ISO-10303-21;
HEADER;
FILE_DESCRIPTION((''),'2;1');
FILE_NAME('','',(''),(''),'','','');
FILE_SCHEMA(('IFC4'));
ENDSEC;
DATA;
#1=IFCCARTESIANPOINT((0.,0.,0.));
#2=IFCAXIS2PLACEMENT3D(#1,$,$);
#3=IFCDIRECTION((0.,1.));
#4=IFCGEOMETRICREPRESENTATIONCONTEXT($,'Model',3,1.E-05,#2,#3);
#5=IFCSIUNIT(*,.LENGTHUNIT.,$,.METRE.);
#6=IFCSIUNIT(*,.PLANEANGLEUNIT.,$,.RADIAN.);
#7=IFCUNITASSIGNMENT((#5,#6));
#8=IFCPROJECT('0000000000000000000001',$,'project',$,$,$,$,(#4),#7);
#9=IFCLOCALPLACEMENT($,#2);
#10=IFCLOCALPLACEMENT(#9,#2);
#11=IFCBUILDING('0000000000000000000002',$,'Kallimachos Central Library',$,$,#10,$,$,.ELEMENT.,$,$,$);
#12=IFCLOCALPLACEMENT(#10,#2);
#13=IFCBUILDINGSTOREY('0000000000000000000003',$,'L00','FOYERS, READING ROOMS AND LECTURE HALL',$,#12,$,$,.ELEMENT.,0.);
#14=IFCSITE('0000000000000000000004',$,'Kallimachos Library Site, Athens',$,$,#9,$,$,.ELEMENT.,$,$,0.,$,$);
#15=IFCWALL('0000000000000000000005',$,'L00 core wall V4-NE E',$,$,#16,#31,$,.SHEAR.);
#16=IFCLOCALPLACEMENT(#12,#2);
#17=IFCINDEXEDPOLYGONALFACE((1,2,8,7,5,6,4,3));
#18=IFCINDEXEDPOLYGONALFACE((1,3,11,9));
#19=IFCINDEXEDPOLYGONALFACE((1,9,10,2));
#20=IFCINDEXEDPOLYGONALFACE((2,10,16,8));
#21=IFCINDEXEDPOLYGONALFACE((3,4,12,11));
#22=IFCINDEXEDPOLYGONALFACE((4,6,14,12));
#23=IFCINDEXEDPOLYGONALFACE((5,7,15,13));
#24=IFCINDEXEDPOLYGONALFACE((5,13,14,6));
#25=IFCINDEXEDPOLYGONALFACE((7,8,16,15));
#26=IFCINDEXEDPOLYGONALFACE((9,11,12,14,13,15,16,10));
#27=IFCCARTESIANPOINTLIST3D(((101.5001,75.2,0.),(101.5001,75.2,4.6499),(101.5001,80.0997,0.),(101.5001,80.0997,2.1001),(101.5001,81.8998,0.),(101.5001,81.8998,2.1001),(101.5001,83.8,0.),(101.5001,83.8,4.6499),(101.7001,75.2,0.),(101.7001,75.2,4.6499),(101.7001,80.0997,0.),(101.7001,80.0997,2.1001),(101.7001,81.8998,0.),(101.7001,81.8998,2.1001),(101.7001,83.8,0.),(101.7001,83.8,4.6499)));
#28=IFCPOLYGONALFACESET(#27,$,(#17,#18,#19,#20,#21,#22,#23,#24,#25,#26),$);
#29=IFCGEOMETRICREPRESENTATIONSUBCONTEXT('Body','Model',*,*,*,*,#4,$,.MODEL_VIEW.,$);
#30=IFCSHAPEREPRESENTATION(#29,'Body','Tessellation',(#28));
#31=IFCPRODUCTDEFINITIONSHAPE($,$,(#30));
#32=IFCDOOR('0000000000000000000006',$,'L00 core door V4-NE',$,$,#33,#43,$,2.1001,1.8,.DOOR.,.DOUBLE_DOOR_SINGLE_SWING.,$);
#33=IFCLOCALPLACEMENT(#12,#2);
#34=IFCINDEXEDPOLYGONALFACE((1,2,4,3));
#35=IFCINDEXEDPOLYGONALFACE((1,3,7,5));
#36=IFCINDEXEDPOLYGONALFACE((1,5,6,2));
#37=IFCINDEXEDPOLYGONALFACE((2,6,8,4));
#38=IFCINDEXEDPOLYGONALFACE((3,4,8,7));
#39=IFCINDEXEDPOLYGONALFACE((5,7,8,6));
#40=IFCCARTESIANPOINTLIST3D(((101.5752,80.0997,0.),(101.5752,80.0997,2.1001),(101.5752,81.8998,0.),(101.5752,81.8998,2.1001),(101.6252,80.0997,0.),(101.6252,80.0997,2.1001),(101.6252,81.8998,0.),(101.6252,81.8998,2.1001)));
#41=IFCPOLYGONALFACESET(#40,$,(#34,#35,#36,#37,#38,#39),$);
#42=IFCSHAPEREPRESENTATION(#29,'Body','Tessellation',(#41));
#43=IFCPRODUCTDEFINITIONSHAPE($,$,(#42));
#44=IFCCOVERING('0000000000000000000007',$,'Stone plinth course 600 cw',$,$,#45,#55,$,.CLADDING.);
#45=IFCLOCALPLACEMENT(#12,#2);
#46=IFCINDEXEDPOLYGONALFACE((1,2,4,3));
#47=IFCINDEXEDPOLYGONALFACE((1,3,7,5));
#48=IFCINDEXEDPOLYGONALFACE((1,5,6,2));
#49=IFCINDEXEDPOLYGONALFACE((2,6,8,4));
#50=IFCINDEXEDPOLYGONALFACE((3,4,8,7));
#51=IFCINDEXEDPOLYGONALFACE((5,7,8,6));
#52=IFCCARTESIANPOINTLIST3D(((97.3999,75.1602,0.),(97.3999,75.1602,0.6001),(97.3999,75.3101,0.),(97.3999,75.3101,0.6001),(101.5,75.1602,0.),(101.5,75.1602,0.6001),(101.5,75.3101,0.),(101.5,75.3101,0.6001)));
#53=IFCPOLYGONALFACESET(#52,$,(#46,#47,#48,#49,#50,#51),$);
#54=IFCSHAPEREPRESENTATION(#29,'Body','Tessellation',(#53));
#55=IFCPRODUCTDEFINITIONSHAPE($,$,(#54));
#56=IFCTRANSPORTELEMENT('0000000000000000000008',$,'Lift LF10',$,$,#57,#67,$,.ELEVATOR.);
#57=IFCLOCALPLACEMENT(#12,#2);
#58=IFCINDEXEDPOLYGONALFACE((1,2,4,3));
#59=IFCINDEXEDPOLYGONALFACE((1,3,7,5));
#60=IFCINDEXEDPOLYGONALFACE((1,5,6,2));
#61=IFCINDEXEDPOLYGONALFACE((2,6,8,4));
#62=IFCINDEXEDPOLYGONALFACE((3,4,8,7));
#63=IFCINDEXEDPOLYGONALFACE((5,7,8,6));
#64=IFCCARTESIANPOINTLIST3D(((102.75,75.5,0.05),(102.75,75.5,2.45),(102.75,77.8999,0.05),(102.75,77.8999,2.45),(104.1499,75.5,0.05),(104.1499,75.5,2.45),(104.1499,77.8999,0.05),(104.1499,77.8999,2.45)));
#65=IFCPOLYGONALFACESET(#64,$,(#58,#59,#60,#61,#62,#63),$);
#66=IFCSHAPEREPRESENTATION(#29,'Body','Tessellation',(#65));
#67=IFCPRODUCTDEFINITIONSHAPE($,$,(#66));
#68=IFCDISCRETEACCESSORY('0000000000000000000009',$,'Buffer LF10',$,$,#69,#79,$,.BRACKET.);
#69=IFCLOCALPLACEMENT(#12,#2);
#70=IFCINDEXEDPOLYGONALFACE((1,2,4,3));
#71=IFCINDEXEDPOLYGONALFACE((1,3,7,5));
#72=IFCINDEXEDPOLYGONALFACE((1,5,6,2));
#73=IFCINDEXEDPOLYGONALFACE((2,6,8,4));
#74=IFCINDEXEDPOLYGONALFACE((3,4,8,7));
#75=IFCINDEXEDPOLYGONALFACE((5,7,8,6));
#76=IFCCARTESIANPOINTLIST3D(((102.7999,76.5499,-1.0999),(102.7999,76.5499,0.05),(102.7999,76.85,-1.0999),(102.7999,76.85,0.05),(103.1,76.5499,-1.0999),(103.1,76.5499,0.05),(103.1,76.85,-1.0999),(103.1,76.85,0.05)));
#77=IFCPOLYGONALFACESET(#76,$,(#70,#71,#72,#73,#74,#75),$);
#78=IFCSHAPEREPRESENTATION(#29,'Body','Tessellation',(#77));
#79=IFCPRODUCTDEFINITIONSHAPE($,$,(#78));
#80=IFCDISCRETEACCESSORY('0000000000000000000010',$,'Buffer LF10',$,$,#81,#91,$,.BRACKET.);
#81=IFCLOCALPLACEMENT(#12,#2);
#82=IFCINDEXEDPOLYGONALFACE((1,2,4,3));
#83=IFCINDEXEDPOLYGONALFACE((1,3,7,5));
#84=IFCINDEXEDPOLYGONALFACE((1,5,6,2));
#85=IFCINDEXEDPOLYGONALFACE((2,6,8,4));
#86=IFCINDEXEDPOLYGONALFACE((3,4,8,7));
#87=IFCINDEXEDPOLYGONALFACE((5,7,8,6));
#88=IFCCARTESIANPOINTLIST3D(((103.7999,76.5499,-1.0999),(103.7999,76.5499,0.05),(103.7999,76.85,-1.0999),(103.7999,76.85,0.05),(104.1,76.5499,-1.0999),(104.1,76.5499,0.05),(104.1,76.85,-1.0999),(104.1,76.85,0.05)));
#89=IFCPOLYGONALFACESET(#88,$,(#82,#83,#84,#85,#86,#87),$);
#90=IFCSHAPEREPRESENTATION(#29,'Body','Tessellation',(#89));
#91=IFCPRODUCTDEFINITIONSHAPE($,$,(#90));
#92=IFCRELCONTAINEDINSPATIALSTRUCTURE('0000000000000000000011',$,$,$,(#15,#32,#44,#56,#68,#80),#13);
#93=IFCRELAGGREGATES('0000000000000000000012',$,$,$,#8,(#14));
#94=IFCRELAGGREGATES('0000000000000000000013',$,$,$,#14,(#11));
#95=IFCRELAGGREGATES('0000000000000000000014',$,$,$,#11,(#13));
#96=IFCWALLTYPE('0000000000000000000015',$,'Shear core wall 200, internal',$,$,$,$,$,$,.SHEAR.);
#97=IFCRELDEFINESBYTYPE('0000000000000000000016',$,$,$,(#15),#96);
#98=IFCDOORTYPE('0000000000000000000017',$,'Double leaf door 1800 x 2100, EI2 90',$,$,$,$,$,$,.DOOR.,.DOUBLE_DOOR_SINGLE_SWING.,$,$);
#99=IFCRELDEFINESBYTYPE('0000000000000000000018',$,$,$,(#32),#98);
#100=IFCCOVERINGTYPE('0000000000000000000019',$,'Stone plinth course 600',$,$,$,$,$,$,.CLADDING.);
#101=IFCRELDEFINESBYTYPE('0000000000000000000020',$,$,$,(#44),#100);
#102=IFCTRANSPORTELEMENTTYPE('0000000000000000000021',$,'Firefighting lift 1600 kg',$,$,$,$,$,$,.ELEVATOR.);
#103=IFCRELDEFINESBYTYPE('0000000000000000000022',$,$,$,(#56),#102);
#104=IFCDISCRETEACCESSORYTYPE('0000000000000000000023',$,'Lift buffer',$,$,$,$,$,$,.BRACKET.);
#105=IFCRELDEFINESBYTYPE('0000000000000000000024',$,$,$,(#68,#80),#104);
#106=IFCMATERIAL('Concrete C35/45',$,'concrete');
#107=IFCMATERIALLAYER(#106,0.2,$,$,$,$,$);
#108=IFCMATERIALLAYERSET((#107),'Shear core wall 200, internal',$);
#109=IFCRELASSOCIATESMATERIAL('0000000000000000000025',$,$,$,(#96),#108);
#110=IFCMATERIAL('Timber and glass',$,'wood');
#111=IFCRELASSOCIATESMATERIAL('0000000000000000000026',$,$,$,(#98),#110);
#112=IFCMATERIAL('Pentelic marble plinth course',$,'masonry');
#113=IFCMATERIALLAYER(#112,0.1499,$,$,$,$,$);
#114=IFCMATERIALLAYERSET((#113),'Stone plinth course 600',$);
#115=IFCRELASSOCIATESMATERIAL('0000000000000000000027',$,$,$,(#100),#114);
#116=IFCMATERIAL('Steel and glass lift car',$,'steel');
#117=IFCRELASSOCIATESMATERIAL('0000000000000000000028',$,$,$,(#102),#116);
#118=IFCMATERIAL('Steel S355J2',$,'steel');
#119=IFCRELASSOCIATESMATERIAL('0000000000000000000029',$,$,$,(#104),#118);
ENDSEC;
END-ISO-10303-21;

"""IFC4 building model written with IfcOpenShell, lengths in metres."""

from ifc_helpers import new_model, si_unit, direction, frame, frame_2d, origin, origin_2d, place, context, subcontext, project, spatial, rectangle, extrude, material, layer, layer_set, type_object, element, fill, save


model = new_model("IFC4")

# Units and contexts
model_context = context("Model", 3, precision=1e-05, world=origin(), true_north=direction((0.0, 1.0)))
body_context = subcontext(model_context, "Body", "Model", "MODEL_VIEW")
ifc_project = project(units=[si_unit("LENGTHUNIT", "METRE"), si_unit("PLANEANGLEUNIT", "RADIAN")], contexts=[model_context])

# Site, building, storey
site_placement = place(None, origin())
site = spatial("IfcSite", under=ifc_project, at=site_placement, Name="Kallimachos Library Site, Athens", CompositionType="ELEMENT", RefElevation=0.0)
building_placement = place(site_placement, origin())
building = spatial("IfcBuilding", under=site, at=building_placement, Name="Kallimachos Central Library", CompositionType="ELEMENT")
storey_placement = place(building_placement, origin())
storey = spatial("IfcBuildingStorey", under=building, at=storey_placement, Name="L00", Description="FOYERS, READING ROOMS AND LECTURE HALL", CompositionType="ELEMENT", Elevation=0.0)

# Shared definitions
ifc_material_1 = material(Name="Concrete C35/45", Category="concrete")
ifc_layer_1 = layer(ifc_material_1, 0.2)
ifc_layer_set_1 = layer_set([ifc_layer_1], Name="Shear core wall 200, internal")
wall_type_1 = type_object("IfcWallType", Name="Shear core wall 200, internal", PredefinedType="SHEAR", material=ifc_layer_set_1)

# Wall, opening, door
wall_1_placement = place(storey_placement, frame((101.6001, 75.2, 0.0), z_axis=(0.0, 0.0, 1.0), x_axis=(0.0, 1.0, 0.0)))
wall_1 = element("IfcWall", 1, at=wall_1_placement, inside=storey, type_object=wall_type_1, Name="L00 core wall V4-NE E", PredefinedType="SHEAR", context=body_context, shape_type="SweptSolid", body=[
    extrude(rectangle(XDim=8.6001, YDim=0.2, at=frame_2d((4.3, 0.0))), origin(), (0.0, 0.0, 1.0), 4.6499),
])
opening_placement = place(wall_1_placement, frame((4.8999, 0.0, 0.0)))
opening = element("IfcOpeningElement", 2, at=opening_placement, cuts=wall_1, PredefinedType="OPENING", context=body_context, shape_type="SweptSolid", body=[
    extrude(rectangle(XDim=1.8, YDim=2.1001, at=frame_2d((0.8999, 1.05))), frame((0.0, 0.1099, 0.0), z_axis=(0.0, -1.0, 0.0), x_axis=(1.0, 0.0, 0.0)), (0.0, 0.0, 1.0), 0.22),
])
ifc_material_2 = material(Name="Timber and glass", Category="wood")
door_type = type_object("IfcDoorType", Name="Double leaf door 1800 x 2100, EI2 90", OperationType="DOUBLE_DOOR_SINGLE_SWING", PredefinedType="DOOR", material=ifc_material_2)
door_placement = place(opening_placement, origin())
door = element("IfcDoor", 3, at=door_placement, inside=storey, type_object=door_type, Name="L00 core door V4-NE", OperationType="DOUBLE_DOOR_SINGLE_SWING", OverallHeight=2.1001, OverallWidth=1.8, PredefinedType="DOOR", context=body_context, shape_type="SweptSolid", body=[
    extrude(rectangle(XDim=1.8, YDim=2.1001, at=frame_2d((0.8999, 1.05))), frame((0.0, 0.0249, 0.0), z_axis=(0.0, -1.0, 0.0), x_axis=(1.0, 0.0, 0.0)), (0.0, 0.0, 1.0), 0.05),
])
fill(opening, door)

# Covering
ifc_material_3 = material(Name="Pentelic marble plinth course", Category="masonry")
ifc_layer_2 = layer(ifc_material_3, 0.1499)
ifc_layer_set_2 = layer_set([ifc_layer_2], Name="Stone plinth course 600")
covering_type = type_object("IfcCoveringType", Name="Stone plinth course 600", PredefinedType="CLADDING", material=ifc_layer_set_2)
covering_placement = place(storey_placement, frame((99.45, 75.2351, 0.0), z_axis=(0.0, 0.0, 1.0), x_axis=(1.0, 0.0, 0.0)))
element("IfcCovering", 4, at=covering_placement, inside=storey, type_object=covering_type, Name="Stone plinth course 600 cw", PredefinedType="CLADDING", context=body_context, shape_type="SweptSolid", body=[
    extrude(rectangle(XDim=4.1001, YDim=0.1499, at=origin_2d()), origin(), (0.0, 0.0, 1.0), 0.6001),
])

# Transport element
ifc_material_4 = material(Name="Steel and glass lift car", Category="steel")
transport_element_type = type_object("IfcTransportElementType", Name="Firefighting lift 1600 kg", PredefinedType="ELEVATOR", material=ifc_material_4)
transport_element_placement = place(storey_placement, frame((103.45, 76.7, 0.05), z_axis=(0.0, 0.0, 1.0), x_axis=(1.0, 0.0, 0.0)))
element("IfcTransportElement", 5, at=transport_element_placement, inside=storey, type_object=transport_element_type, Name="Lift LF10", PredefinedType="ELEVATOR", context=body_context, shape_type="SweptSolid", body=[
    extrude(rectangle(XDim=1.3999, YDim=2.3999, at=origin_2d()), origin(), (0.0, 0.0, 1.0), 2.3999),
])

# Discrete accessories
ifc_material_5 = material(Name="Steel S355J2", Category="steel")
discrete_accessory_type = type_object("IfcDiscreteAccessoryType", Name="Lift buffer", PredefinedType="BRACKET", material=ifc_material_5)
for number, where, z_axis, x_axis, name in (
    (6, (102.95, 76.7, -1.0999), (0.0, 0.0, 1.0), (1.0, 0.0, 0.0), "Buffer LF10"),
    (7, (103.95, 76.7, -1.0999), (0.0, 0.0, 1.0), (1.0, 0.0, 0.0), "Buffer LF10"),
):
    element("IfcDiscreteAccessory", number, at=place(storey_placement, frame(where, z_axis=z_axis, x_axis=x_axis)), inside=storey, type_object=discrete_accessory_type, Name=name, PredefinedType="BRACKET", context=body_context, shape_type="SweptSolid", body=[
        extrude(rectangle(XDim=0.3, YDim=0.3, at=origin_2d()), origin(), (0.0, 0.0, 1.0), 1.1499),
    ])

save(model, "model.ifc")
